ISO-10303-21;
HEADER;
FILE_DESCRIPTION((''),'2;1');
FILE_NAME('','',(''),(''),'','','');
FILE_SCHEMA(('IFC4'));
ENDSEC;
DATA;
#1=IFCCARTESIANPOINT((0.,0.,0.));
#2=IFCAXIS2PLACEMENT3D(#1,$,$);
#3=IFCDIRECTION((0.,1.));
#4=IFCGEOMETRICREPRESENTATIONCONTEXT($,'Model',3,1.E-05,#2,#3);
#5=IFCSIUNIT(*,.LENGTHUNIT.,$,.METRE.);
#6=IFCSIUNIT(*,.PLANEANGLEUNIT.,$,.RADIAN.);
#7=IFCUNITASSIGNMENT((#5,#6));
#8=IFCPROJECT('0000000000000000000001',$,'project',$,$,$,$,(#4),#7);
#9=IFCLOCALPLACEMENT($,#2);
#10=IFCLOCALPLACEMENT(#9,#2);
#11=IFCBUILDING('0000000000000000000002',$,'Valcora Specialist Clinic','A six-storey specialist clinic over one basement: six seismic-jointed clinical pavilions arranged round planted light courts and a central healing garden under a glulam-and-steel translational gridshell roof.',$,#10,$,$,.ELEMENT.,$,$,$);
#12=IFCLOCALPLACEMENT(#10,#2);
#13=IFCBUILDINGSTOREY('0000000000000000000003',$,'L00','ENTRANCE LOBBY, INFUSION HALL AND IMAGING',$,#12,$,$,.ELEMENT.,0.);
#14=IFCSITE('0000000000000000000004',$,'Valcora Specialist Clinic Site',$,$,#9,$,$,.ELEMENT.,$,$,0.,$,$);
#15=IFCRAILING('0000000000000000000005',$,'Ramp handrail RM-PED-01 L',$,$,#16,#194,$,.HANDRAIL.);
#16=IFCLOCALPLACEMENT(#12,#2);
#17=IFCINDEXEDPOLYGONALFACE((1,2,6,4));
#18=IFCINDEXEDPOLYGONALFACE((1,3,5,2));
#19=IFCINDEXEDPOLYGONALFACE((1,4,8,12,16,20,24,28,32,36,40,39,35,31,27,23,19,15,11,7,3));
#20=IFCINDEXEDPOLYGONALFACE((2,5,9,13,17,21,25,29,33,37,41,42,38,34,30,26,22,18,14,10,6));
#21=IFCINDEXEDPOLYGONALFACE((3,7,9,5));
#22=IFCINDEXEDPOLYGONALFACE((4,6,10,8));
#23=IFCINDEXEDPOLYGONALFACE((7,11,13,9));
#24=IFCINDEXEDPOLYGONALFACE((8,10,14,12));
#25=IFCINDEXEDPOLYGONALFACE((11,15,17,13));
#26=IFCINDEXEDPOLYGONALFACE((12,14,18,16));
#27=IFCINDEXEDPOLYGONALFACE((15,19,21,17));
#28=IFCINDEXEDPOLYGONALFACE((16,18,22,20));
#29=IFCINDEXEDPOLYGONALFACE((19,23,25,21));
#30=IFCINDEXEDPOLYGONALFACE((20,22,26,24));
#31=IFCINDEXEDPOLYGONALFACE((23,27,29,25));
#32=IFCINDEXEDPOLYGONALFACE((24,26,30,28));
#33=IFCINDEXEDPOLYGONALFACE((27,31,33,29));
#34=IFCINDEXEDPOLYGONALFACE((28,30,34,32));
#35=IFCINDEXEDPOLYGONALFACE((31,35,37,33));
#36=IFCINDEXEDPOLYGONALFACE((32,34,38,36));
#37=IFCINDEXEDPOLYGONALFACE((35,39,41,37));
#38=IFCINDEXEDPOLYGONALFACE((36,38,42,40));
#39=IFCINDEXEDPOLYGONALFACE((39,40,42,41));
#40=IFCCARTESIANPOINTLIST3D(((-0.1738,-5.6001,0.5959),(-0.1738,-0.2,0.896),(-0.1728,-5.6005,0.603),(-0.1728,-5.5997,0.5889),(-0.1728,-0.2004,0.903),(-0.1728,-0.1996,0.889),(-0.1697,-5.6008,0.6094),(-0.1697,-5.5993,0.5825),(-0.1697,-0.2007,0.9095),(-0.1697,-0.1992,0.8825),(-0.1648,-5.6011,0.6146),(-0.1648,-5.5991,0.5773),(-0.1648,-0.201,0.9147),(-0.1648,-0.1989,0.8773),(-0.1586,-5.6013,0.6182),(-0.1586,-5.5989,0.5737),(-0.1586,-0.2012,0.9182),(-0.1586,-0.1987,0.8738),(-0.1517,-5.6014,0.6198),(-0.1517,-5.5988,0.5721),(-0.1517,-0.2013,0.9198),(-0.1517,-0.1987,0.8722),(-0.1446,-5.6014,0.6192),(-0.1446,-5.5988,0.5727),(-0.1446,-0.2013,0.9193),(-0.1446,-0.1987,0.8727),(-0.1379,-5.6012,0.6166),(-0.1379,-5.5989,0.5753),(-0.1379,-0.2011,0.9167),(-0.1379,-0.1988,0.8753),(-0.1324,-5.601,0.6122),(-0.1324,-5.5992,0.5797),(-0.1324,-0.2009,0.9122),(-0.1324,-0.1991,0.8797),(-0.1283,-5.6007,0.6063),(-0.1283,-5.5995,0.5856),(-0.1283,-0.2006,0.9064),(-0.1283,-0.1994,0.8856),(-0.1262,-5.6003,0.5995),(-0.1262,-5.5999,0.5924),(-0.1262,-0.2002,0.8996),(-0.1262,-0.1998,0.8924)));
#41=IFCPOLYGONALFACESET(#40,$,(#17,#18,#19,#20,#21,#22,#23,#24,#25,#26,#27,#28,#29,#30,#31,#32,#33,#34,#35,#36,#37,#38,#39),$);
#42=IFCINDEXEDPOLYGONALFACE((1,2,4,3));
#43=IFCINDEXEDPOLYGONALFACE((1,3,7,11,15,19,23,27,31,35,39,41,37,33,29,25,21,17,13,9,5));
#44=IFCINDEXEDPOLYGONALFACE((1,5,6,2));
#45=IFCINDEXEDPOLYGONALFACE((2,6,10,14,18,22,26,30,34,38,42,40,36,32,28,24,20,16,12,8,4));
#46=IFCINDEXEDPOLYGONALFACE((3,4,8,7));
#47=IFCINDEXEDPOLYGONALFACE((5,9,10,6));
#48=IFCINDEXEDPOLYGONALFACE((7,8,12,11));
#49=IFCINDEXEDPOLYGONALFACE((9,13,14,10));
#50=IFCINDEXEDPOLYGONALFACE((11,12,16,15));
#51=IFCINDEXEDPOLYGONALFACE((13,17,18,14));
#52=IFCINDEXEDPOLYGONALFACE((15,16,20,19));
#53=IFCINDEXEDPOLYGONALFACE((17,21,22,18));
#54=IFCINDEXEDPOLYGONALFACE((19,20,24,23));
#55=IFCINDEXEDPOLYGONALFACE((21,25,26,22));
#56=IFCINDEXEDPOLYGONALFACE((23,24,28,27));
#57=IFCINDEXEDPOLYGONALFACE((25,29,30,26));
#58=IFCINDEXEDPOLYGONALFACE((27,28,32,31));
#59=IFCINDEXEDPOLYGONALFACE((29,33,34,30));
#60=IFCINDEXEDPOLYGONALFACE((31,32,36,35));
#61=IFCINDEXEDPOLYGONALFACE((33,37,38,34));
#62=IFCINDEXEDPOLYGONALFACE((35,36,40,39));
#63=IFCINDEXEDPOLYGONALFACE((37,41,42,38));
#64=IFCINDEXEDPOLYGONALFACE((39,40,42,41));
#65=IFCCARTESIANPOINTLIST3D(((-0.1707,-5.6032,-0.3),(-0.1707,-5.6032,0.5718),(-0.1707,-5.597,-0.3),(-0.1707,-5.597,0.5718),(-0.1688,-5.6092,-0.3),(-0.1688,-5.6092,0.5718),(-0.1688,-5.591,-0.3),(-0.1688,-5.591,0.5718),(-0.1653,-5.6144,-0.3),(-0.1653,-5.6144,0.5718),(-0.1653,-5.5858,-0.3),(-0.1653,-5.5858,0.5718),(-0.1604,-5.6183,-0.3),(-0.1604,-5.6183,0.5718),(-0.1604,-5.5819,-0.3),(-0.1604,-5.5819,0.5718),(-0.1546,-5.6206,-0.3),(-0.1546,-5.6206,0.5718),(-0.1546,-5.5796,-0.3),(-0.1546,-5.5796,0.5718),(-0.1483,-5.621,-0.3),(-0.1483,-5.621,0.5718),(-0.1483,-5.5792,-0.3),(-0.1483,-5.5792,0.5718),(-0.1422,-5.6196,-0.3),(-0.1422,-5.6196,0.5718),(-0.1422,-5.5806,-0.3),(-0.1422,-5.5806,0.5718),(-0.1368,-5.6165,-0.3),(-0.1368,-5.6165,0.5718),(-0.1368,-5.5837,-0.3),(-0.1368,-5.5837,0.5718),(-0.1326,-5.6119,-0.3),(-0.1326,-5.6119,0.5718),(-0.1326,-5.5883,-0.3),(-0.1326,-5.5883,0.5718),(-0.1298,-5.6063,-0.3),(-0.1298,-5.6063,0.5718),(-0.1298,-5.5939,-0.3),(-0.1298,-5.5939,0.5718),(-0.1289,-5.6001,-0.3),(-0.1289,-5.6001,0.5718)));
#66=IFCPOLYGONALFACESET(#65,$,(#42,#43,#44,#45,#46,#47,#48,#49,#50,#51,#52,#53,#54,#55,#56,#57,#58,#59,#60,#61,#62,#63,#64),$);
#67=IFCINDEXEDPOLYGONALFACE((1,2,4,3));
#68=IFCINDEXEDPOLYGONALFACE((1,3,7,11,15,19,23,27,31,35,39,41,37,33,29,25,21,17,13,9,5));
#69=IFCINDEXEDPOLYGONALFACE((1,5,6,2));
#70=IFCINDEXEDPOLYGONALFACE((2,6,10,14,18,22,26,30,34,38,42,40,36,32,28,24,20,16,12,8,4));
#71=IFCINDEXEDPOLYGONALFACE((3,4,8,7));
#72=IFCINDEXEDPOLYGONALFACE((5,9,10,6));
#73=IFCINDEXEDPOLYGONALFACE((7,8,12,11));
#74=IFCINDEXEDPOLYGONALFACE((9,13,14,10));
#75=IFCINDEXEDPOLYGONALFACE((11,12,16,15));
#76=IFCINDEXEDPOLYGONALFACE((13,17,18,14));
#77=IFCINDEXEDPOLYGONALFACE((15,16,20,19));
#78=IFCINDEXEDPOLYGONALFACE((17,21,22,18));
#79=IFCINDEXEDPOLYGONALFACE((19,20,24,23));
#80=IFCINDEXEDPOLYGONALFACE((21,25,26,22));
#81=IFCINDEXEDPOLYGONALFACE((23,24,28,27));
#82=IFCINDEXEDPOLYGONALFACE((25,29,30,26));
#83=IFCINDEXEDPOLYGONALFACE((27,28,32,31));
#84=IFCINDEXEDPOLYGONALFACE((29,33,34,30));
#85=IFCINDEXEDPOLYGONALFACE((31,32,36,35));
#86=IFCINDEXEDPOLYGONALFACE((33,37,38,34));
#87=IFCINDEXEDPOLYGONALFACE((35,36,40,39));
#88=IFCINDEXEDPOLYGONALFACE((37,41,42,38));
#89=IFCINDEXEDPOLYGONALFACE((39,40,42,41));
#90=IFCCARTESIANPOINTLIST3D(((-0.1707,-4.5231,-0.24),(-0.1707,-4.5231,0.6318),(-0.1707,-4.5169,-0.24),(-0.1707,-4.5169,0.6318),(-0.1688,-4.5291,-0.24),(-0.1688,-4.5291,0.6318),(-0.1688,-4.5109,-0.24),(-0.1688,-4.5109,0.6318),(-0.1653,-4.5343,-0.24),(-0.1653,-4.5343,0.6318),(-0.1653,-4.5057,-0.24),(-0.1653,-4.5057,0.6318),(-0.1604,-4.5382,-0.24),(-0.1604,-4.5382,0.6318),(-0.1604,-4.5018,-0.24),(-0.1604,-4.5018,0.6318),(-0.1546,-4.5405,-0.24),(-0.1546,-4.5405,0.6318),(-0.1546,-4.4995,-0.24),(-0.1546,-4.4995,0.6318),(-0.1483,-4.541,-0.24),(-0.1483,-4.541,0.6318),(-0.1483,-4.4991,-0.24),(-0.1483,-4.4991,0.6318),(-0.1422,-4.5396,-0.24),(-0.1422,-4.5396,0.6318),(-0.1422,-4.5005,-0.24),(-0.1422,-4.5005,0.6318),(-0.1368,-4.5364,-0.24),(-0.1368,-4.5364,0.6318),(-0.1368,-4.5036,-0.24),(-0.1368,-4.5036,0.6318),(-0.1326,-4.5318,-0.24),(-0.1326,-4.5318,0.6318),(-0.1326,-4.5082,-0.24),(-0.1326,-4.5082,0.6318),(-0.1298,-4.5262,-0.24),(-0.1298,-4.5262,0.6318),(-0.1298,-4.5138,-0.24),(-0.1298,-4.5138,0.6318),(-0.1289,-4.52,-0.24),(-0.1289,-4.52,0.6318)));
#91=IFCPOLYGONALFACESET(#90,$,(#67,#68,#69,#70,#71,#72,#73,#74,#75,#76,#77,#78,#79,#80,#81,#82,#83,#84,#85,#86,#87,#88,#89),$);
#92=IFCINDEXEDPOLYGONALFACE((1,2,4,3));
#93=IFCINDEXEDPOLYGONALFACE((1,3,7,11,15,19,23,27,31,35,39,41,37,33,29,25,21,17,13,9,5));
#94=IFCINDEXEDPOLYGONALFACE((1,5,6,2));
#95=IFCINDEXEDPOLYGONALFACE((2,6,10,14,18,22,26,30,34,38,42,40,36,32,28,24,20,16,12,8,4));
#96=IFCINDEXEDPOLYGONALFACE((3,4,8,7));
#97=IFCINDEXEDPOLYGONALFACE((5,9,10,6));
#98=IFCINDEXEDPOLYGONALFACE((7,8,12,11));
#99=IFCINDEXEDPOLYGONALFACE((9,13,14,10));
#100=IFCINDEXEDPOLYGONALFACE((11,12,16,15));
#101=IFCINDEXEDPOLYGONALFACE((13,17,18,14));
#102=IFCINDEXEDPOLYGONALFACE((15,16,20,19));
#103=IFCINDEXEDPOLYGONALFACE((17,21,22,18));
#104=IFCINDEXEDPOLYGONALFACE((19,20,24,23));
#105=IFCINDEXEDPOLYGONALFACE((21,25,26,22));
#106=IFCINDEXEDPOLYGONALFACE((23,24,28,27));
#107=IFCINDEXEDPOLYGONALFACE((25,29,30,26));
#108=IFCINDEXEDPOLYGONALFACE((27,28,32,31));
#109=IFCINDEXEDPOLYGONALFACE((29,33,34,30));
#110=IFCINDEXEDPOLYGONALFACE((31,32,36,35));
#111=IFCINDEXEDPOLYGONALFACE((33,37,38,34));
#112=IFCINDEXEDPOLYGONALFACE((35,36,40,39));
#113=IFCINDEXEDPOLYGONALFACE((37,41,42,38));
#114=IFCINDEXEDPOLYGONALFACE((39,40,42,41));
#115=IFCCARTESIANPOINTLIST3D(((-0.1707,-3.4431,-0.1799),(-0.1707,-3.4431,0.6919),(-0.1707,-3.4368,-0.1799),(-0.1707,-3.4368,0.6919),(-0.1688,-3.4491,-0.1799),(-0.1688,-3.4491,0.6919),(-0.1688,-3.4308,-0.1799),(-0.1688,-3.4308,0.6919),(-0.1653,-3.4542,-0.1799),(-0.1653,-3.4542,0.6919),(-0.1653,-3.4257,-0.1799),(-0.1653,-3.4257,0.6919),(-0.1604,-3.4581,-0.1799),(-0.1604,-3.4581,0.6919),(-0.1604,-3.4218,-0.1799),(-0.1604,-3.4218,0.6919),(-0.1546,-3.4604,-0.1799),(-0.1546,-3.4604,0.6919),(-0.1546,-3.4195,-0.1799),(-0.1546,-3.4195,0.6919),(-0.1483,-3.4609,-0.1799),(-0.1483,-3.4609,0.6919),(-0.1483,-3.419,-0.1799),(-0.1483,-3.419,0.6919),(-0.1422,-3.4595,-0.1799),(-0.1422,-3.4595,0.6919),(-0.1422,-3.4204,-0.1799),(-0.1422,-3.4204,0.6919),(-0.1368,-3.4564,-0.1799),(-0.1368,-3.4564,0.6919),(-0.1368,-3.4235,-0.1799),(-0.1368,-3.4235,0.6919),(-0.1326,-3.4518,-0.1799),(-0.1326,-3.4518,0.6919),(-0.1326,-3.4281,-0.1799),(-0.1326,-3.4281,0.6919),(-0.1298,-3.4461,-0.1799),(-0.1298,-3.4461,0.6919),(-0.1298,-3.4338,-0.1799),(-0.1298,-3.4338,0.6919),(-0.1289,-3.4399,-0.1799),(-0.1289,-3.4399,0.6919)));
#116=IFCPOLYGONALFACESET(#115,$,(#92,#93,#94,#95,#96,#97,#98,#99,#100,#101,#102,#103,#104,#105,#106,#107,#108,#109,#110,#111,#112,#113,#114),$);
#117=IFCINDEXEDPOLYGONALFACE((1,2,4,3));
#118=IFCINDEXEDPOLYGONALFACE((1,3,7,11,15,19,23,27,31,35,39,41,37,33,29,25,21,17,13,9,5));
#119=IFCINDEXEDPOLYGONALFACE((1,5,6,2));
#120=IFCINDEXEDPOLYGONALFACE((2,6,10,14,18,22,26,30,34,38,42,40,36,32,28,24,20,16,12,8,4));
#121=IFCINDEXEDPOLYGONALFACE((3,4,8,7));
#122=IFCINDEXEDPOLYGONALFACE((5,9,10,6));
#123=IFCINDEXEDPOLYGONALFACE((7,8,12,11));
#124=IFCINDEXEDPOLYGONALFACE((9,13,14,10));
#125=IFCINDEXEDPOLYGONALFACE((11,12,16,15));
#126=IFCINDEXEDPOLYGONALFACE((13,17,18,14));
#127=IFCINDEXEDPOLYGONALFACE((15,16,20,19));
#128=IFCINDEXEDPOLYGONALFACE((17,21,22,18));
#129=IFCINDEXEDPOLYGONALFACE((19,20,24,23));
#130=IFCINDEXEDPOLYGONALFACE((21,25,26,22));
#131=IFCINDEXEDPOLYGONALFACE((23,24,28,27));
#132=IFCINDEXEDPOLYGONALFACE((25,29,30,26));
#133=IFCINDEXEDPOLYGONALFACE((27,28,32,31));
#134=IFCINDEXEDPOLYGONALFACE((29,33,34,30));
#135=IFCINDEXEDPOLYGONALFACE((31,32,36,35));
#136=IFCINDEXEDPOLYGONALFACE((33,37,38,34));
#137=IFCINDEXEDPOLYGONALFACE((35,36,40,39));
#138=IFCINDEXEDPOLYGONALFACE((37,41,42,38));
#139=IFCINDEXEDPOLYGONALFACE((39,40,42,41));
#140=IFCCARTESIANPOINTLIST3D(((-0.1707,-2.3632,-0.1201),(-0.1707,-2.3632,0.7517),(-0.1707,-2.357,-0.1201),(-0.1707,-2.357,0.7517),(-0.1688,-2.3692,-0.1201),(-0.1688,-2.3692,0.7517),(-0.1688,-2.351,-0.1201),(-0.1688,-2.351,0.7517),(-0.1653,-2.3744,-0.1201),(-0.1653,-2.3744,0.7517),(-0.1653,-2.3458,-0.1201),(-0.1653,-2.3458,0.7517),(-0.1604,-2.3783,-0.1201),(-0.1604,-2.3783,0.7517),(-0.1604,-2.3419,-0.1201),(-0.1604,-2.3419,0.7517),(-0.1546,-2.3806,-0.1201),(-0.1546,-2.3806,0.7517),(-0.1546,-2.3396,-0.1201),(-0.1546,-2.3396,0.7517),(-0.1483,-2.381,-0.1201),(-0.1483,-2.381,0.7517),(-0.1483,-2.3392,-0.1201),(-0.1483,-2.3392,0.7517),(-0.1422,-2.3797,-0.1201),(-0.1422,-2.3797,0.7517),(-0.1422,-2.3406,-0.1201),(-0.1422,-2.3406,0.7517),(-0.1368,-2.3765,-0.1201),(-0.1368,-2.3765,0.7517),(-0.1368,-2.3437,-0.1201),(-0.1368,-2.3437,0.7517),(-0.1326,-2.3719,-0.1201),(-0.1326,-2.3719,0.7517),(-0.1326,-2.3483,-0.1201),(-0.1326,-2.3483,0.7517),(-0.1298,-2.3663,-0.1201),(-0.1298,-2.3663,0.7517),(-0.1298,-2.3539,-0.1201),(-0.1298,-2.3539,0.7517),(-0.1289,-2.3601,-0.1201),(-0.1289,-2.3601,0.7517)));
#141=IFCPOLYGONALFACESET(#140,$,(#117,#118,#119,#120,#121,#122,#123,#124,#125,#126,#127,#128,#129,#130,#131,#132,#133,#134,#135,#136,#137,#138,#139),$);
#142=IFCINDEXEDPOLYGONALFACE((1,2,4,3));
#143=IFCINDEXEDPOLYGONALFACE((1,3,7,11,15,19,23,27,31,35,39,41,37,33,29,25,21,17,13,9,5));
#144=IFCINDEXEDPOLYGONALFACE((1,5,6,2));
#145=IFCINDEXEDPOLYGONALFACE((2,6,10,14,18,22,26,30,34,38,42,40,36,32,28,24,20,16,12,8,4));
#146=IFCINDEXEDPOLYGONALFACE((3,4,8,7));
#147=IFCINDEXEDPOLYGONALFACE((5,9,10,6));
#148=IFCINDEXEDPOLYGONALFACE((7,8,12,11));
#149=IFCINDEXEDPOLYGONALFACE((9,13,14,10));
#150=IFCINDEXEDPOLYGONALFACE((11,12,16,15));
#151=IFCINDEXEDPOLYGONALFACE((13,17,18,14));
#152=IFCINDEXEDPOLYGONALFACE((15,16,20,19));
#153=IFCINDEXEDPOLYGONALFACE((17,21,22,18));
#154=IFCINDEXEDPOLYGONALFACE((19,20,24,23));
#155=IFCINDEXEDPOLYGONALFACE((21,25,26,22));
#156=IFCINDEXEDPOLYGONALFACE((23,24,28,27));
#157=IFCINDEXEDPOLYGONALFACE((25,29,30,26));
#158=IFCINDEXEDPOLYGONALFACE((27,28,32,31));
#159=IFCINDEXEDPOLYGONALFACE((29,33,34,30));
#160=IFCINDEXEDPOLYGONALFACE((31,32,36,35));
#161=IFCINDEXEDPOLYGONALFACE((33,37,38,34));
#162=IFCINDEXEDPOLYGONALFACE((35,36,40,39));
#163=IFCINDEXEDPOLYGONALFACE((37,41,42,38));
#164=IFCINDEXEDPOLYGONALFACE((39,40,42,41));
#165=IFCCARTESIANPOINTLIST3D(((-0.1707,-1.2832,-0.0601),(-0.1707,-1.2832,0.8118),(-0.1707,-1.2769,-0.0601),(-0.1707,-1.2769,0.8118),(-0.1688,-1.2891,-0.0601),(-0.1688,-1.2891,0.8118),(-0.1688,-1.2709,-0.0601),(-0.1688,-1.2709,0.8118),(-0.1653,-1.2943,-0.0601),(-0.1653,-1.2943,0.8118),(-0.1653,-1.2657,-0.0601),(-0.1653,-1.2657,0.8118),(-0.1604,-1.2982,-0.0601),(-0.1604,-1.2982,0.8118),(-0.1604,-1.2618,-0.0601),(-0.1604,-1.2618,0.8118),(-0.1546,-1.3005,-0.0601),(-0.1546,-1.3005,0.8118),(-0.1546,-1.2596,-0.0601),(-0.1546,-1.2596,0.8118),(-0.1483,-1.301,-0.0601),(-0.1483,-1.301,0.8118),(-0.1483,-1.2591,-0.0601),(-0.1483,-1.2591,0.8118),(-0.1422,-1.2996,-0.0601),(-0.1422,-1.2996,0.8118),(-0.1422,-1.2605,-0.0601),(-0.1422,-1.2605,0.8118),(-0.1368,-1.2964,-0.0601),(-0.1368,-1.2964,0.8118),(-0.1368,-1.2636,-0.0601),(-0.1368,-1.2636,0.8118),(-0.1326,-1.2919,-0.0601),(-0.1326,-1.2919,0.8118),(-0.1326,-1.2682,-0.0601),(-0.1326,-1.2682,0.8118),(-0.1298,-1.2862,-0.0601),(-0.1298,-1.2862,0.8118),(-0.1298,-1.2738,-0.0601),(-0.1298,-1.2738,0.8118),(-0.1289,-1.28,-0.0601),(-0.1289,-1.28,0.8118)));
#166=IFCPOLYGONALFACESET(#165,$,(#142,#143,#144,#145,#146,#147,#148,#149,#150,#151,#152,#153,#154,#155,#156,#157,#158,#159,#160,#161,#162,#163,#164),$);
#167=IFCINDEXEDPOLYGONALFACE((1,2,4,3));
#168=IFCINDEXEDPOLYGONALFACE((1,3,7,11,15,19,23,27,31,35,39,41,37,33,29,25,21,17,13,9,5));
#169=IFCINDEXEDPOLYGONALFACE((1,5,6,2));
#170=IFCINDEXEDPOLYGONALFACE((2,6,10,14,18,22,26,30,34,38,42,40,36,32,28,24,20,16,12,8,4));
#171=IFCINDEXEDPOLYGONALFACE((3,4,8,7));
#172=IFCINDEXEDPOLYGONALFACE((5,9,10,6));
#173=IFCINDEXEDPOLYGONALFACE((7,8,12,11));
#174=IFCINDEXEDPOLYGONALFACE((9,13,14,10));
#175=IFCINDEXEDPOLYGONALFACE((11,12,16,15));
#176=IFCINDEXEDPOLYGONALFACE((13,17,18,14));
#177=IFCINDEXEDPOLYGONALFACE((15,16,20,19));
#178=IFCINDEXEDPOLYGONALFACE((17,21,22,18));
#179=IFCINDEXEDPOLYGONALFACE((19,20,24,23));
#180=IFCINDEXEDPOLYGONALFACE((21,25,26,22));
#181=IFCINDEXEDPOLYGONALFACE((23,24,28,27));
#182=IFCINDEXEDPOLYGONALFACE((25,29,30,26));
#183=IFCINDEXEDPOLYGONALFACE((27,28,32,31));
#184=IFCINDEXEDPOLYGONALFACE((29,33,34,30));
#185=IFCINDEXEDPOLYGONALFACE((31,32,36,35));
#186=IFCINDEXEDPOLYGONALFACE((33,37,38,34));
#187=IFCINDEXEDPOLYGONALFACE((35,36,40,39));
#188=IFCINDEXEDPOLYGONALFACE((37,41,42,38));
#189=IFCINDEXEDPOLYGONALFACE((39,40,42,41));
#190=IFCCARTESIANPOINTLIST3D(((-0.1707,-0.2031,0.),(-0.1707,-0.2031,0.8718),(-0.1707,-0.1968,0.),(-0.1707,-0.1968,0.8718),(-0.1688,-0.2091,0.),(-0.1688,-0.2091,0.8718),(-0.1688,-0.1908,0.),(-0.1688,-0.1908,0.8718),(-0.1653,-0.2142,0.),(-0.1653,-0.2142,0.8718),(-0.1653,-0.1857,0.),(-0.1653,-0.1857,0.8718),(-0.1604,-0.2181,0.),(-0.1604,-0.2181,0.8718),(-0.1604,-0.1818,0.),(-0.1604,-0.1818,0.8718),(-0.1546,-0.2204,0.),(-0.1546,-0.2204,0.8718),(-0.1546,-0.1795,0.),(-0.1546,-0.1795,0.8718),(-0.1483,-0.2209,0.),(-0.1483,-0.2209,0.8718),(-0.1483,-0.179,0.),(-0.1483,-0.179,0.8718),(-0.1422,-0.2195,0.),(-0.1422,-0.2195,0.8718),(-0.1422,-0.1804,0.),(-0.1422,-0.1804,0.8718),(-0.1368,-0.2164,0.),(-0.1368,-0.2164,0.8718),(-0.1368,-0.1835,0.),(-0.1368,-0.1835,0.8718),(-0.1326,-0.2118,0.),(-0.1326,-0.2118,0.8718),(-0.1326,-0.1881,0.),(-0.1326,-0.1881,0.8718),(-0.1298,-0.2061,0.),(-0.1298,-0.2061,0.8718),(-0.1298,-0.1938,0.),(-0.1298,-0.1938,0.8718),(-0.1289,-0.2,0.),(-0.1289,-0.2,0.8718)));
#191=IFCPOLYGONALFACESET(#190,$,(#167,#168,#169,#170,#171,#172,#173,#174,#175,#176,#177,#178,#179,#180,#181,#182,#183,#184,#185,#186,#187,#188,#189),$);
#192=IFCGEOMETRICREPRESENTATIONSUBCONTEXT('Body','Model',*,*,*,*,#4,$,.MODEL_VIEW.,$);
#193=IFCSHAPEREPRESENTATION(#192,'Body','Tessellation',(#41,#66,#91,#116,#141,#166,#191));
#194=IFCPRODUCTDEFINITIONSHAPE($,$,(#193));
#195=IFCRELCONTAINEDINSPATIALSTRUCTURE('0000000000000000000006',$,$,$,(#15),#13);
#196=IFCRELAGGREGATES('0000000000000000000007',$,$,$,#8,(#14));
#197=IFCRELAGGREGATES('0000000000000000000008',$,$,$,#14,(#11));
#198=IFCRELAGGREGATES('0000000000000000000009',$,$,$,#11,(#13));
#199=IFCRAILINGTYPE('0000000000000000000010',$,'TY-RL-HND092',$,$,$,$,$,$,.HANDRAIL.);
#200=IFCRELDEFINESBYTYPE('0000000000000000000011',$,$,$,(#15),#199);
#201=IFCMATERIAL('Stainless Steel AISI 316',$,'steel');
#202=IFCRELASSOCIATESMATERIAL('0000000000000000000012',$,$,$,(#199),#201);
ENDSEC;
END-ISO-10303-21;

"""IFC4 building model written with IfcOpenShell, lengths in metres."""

from ifc_helpers import new_model, si_unit, direction, frame, origin, origin_2d, place, context, subcontext, project, spatial, circle, extrude, material, type_object, element, save


model = new_model("IFC4")

# Units and contexts
model_context = context("Model", 3, precision=1e-05, world=origin(), true_north=direction((0.0, 1.0)))
body_context = subcontext(model_context, "Body", "Model", "MODEL_VIEW")
ifc_project = project(units=[si_unit("LENGTHUNIT", "METRE"), si_unit("PLANEANGLEUNIT", "RADIAN")], contexts=[model_context])

# Site, building, storey
site_placement = place(None, origin())
site = spatial("IfcSite", under=ifc_project, at=site_placement, Name="Valcora Specialist Clinic Site", CompositionType="ELEMENT", RefElevation=0.0)
building_placement = place(site_placement, origin())
building = spatial("IfcBuilding", under=site, at=building_placement, Name="Valcora Specialist Clinic", Description="A six-storey specialist clinic over one basement: six seismic-jointed clinical pavilions arranged round planted light courts and a central healing garden under a glulam-and-steel translational gridshell roof.", CompositionType="ELEMENT")
storey_placement = place(building_placement, origin())
storey = spatial("IfcBuildingStorey", under=building, at=storey_placement, Name="L00", Description="ENTRANCE LOBBY, INFUSION HALL AND IMAGING", CompositionType="ELEMENT", Elevation=0.0)

# Railing
ifc_material_1 = material(Name="Stainless Steel AISI 316", Category="steel")
railing_type = type_object("IfcRailingType", Name="TY-RL-HND092", PredefinedType="HANDRAIL", material=ifc_material_1)
for number, where, name in (
    (1, (-0.1499, -5.6001, -0.3), "Ramp handrail RM-PED-01 L"),
):
    element("IfcRailing", number, at=place(storey_placement, frame(where)), inside=storey, type_object=railing_type, Name=name, PredefinedType="HANDRAIL", context=body_context, shape_type="SweptSolid", body=[
        extrude(circle(Radius=0.0239, at=origin_2d()), frame((0.0, 0.0, 0.896), z_axis=(0.0, 0.99846, 0.055478), x_axis=(-1.0, 0.0, 0.0)), (0.0, 0.0, 1.0), 5.4084),
        extrude(circle(Radius=0.021, at=origin_2d()), origin(), (0.0, 0.0, 1.0), 0.8718),
        extrude(circle(Radius=0.021, at=origin_2d()), frame((0.0, 1.0801, 0.0601)), (0.0, 0.0, 1.0), 0.8718),
        extrude(circle(Radius=0.021, at=origin_2d()), frame((0.0, 2.1602, 0.1201)), (0.0, 0.0, 1.0), 0.8718),
        extrude(circle(Radius=0.021, at=origin_2d()), frame((0.0, 3.24, 0.1799)), (0.0, 0.0, 1.0), 0.8718),
        extrude(circle(Radius=0.021, at=origin_2d()), frame((0.0, 4.3201, 0.24)), (0.0, 0.0, 1.0), 0.8718),
        extrude(circle(Radius=0.021, at=origin_2d()), frame((0.0, 5.4001, 0.3)), (0.0, 0.0, 1.0), 0.8718),
    ])

save(model, "model.ifc")
